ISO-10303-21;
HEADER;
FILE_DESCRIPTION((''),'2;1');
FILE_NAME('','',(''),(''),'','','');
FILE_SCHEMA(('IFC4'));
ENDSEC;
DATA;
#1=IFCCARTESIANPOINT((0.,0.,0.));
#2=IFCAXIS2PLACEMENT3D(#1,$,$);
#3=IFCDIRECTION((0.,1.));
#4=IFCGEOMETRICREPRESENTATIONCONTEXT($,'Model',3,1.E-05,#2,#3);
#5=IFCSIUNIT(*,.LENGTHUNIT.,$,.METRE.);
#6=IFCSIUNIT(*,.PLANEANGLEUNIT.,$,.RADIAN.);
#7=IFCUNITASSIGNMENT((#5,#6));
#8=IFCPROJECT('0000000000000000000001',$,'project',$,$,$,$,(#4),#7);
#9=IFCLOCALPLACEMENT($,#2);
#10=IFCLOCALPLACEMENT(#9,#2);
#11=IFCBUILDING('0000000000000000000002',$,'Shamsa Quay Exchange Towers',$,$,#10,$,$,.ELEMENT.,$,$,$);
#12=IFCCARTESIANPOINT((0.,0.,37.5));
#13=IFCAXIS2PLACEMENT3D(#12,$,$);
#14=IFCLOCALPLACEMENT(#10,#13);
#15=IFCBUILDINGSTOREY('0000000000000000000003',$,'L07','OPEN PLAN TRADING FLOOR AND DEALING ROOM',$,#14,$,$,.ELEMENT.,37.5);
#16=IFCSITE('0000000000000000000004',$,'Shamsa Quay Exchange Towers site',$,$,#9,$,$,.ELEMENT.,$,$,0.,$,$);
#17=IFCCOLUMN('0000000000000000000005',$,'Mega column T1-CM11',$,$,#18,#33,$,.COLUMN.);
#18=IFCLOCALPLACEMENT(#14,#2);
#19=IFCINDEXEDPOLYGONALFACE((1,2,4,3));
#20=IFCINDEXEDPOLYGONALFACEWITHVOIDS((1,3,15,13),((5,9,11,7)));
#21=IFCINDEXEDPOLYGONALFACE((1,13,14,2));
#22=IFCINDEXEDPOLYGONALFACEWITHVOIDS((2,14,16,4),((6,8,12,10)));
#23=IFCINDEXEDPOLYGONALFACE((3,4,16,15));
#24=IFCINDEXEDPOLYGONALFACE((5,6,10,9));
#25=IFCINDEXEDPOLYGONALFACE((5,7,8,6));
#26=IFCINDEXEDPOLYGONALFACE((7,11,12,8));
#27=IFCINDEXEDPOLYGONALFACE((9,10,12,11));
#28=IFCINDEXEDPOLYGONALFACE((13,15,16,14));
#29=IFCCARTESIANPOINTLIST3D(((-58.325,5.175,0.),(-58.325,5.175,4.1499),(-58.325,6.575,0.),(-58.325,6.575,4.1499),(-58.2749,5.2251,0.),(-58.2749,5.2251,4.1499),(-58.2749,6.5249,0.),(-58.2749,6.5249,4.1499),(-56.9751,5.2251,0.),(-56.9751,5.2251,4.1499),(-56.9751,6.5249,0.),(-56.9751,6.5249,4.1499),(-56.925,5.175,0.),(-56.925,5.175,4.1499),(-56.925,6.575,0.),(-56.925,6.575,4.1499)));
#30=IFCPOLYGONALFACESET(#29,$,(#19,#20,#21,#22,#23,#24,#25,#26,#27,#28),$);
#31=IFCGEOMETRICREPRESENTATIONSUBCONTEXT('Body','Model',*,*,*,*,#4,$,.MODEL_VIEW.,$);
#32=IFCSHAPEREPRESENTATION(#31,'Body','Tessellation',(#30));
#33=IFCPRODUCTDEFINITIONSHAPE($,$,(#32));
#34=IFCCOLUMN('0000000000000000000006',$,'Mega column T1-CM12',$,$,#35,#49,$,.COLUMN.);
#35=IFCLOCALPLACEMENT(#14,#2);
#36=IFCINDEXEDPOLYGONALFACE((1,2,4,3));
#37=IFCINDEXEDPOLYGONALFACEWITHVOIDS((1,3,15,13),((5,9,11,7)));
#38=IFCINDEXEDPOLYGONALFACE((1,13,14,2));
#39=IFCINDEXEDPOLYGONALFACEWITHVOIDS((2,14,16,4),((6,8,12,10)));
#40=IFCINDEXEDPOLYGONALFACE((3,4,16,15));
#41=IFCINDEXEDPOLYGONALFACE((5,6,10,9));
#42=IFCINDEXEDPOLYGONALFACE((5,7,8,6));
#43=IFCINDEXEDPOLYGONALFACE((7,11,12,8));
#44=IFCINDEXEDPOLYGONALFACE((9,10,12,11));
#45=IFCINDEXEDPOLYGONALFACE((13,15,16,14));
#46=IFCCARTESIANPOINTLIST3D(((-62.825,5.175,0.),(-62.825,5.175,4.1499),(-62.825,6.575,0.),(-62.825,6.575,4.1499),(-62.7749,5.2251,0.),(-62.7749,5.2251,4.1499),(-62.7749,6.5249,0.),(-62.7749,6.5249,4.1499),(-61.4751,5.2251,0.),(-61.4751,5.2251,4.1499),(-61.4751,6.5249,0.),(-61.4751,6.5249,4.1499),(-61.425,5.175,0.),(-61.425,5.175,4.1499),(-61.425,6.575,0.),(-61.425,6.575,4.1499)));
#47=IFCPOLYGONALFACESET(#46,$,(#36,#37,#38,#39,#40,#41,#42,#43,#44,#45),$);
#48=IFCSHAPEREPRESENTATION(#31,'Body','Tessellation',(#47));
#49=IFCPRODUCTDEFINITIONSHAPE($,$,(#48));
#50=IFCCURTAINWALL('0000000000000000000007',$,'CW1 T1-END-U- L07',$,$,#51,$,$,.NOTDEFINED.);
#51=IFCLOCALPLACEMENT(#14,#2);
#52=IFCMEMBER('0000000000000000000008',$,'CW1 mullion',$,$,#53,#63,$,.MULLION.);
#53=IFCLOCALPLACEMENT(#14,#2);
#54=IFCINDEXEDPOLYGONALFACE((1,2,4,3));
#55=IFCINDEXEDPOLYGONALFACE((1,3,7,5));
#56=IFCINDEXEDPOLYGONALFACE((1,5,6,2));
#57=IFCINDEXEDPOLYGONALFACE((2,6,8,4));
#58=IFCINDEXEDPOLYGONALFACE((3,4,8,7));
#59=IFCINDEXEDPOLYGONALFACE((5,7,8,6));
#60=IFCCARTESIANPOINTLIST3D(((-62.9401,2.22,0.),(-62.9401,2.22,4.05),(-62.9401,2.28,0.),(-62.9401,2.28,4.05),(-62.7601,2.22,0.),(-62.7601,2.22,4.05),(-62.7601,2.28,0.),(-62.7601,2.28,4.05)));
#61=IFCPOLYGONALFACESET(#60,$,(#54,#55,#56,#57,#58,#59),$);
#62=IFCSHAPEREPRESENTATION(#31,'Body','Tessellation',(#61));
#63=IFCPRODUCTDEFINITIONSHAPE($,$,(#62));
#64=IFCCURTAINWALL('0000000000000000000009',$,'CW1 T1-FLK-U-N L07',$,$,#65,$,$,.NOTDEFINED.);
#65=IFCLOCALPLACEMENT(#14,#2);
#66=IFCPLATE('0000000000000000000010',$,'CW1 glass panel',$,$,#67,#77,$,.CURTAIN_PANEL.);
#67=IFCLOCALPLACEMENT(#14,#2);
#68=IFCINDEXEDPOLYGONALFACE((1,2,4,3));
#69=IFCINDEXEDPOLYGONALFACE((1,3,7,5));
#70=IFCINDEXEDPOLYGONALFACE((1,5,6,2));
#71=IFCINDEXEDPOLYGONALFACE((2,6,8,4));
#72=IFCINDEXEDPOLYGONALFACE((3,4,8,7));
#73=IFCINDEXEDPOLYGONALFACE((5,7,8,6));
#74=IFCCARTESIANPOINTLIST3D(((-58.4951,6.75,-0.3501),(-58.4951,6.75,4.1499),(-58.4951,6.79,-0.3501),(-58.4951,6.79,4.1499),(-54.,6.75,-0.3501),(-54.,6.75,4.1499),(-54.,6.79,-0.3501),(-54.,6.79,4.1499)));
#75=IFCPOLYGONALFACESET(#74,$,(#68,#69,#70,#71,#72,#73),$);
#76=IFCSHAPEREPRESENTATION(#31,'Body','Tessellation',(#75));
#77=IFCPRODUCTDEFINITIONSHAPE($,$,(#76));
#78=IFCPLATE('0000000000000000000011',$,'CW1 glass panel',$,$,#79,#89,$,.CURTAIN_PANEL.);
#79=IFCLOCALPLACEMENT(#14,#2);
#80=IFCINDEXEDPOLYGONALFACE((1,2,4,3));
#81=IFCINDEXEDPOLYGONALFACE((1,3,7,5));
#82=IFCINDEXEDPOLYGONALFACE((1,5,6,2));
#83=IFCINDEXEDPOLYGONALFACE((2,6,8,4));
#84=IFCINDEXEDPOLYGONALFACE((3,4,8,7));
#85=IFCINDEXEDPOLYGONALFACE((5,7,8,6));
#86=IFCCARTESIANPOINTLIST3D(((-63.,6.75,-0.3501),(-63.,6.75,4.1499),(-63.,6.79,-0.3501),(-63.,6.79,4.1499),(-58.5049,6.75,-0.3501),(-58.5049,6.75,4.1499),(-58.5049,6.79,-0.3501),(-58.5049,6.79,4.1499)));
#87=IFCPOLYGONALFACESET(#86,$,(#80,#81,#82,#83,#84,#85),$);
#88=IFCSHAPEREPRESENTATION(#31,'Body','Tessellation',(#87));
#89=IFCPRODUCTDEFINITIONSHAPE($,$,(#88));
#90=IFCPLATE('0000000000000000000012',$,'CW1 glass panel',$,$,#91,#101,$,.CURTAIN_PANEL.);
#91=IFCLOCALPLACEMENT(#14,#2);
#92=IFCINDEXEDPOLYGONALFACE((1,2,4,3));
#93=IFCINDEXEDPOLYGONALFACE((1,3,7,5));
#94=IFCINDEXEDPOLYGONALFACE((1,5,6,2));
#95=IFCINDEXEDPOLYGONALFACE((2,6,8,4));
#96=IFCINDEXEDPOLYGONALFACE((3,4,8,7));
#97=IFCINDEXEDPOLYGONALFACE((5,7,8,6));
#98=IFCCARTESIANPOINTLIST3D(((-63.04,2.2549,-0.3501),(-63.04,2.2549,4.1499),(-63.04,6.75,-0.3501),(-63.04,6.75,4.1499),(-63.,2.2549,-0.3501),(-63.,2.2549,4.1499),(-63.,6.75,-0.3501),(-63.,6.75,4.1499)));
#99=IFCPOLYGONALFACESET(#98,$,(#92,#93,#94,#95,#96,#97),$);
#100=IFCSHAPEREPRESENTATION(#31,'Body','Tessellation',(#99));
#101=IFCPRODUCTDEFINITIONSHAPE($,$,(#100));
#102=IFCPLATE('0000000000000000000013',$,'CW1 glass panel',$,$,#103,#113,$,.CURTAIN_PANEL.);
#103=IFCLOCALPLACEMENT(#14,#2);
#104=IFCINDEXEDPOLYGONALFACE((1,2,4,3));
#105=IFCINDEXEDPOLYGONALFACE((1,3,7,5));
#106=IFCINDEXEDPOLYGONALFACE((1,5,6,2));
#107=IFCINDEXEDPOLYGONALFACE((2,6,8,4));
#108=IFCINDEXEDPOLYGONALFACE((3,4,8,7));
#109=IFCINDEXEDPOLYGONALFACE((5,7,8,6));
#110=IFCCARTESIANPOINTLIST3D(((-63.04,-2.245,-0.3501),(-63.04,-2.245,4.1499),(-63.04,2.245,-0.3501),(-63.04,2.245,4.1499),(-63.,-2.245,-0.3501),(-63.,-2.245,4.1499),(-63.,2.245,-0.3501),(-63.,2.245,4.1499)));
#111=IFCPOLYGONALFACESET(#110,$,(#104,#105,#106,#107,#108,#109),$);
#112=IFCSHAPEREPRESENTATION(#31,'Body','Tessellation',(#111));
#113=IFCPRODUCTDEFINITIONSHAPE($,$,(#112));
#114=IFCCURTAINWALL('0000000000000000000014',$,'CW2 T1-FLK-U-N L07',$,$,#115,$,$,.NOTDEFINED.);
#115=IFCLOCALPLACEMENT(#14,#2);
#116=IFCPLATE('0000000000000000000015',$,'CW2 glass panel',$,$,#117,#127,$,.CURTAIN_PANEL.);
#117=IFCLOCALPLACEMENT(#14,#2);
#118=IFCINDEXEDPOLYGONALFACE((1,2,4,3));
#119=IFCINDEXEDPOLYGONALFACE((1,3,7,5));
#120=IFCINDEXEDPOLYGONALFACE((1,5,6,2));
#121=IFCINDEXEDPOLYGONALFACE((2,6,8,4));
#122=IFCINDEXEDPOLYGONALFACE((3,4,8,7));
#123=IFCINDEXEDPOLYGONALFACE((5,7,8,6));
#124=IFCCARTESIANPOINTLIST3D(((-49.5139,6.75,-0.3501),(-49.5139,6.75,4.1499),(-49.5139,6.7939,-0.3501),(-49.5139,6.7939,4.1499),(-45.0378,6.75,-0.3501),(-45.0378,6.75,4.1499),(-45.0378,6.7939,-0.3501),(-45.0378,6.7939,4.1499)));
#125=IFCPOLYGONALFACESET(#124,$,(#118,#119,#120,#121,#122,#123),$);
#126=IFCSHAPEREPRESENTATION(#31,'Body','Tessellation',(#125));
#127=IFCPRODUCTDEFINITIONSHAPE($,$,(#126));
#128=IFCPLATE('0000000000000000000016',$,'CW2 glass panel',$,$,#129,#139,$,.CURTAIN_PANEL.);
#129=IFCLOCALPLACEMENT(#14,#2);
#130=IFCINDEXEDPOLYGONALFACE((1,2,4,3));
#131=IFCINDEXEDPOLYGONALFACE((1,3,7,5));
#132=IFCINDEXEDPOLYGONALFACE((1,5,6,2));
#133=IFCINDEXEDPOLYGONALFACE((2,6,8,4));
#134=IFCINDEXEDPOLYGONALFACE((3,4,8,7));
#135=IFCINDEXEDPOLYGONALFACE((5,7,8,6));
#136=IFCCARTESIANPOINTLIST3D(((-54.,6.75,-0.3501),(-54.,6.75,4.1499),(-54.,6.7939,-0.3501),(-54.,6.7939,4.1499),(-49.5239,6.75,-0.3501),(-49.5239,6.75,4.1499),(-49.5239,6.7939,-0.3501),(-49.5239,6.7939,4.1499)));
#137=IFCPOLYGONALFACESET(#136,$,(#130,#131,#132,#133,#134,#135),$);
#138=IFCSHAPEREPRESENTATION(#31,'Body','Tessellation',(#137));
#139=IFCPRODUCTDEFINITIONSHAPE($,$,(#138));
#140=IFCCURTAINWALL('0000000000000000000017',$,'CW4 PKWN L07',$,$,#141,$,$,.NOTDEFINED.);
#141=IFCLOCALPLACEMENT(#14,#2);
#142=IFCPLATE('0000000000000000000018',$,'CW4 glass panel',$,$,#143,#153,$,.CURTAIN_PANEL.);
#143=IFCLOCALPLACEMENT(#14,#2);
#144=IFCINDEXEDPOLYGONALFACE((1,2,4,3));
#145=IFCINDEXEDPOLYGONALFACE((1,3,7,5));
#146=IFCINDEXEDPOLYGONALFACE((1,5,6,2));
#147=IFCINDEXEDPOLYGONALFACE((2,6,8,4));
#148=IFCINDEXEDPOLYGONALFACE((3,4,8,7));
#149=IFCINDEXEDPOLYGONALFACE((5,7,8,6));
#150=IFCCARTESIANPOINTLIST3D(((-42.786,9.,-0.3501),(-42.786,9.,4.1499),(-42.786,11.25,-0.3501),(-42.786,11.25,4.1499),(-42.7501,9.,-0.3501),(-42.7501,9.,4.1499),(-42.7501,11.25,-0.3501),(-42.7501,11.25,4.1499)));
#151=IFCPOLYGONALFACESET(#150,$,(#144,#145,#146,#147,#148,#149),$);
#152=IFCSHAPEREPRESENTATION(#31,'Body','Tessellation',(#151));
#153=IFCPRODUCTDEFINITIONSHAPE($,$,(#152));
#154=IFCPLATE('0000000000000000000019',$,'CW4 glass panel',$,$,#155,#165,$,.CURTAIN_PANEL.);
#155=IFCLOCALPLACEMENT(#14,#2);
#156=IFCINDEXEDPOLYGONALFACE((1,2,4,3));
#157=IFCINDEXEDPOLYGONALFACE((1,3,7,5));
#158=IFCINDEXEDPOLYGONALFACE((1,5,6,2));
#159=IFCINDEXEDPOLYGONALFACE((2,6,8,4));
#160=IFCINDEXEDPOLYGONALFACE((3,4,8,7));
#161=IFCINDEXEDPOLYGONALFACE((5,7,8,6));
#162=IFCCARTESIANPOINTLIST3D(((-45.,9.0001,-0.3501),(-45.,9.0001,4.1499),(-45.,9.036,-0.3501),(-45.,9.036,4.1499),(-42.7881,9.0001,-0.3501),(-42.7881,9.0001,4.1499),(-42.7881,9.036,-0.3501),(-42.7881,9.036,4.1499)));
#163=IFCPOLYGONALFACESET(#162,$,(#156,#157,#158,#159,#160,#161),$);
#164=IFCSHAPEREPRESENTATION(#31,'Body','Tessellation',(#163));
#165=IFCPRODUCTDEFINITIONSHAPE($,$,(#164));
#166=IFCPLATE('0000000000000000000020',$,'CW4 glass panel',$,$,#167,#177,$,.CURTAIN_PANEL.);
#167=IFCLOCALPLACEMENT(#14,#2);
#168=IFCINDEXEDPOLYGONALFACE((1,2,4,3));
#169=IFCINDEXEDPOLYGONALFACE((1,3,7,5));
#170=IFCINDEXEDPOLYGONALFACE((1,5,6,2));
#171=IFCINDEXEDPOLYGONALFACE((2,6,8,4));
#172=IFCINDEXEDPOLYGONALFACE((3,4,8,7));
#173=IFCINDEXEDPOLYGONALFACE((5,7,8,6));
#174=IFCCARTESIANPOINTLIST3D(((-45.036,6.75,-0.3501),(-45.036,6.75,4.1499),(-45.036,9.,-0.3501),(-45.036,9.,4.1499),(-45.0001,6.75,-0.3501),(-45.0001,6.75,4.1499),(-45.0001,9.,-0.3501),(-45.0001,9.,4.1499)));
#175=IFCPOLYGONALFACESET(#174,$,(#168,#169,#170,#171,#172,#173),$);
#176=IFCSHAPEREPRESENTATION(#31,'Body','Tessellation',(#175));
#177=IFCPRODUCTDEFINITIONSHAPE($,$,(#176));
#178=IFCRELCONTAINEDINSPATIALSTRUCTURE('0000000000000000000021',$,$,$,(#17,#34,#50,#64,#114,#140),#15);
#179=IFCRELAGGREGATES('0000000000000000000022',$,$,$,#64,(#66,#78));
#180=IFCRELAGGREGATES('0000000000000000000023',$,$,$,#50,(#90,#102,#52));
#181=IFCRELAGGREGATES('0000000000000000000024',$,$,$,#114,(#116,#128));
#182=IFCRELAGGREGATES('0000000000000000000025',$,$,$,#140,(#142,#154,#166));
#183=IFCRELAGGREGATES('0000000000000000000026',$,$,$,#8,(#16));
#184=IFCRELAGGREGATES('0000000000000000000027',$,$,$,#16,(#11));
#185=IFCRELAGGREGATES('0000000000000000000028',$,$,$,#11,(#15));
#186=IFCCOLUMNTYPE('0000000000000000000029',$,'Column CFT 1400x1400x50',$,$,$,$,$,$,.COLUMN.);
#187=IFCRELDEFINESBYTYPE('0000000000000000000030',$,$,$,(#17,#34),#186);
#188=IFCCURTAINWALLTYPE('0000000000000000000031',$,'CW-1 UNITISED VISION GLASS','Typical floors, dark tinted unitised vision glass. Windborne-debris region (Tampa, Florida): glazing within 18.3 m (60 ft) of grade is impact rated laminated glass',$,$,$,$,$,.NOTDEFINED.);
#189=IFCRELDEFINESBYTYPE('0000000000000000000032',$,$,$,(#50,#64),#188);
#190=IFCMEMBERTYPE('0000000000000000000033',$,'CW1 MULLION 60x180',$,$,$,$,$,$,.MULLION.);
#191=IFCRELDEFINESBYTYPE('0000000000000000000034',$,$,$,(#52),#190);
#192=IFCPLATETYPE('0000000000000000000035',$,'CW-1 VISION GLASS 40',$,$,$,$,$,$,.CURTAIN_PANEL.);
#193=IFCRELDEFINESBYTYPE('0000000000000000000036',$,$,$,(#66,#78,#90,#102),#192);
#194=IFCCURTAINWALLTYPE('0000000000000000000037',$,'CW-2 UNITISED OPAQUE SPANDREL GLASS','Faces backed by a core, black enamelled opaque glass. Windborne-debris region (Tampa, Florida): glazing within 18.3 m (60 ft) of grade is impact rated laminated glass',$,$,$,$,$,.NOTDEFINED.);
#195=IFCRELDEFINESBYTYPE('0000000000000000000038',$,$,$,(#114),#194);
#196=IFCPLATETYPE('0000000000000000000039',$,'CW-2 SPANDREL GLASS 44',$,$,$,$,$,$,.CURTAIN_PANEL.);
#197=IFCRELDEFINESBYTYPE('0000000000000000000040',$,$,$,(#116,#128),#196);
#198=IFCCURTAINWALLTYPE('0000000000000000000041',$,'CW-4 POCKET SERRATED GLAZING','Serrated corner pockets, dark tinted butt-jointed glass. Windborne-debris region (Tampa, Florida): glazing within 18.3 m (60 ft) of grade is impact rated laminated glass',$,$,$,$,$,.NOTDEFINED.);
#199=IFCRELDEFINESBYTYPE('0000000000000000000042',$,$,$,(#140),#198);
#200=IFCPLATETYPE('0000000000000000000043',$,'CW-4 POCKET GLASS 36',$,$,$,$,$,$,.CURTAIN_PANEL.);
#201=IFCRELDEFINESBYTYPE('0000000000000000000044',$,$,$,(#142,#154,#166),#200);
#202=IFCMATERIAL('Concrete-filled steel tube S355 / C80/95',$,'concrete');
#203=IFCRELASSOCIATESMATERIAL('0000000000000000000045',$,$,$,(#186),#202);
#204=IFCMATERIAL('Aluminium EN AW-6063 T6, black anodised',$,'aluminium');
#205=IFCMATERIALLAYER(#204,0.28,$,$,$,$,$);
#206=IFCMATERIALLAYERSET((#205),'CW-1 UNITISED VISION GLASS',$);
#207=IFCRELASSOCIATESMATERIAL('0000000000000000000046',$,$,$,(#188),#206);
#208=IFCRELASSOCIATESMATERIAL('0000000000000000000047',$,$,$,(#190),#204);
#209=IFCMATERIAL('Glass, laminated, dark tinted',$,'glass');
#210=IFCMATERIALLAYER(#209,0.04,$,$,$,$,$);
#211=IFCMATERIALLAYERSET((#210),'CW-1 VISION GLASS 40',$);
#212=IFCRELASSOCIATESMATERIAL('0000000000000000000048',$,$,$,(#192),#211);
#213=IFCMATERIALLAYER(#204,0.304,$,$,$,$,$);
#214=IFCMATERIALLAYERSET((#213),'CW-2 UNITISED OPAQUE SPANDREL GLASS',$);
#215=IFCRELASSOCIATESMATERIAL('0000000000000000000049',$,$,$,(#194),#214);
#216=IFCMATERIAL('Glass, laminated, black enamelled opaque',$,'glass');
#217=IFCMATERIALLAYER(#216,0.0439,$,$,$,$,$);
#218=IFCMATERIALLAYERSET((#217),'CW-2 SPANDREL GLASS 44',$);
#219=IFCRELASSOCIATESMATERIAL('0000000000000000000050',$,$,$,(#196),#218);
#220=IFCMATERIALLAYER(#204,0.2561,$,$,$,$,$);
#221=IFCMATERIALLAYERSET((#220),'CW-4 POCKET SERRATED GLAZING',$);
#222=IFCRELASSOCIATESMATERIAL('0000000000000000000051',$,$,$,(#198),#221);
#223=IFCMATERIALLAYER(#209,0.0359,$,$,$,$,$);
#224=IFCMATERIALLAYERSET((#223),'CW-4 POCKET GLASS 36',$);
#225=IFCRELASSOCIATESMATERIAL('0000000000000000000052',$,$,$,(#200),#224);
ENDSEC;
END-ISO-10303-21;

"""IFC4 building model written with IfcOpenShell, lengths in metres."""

from ifc_helpers import new_model, si_unit, direction, frame, origin, origin_2d, place, context, subcontext, project, spatial, rectangle, hollow_rectangle, extrude, material, layer, layer_set, material_profile, profile_set, type_object, element, aggregate, save


model = new_model("IFC4")

# Units and contexts
model_context = context("Model", 3, precision=1e-05, world=origin(), true_north=direction((0.0, 1.0)))
body_context = subcontext(model_context, "Body", "Model", "MODEL_VIEW")
ifc_project = project(units=[si_unit("LENGTHUNIT", "METRE"), si_unit("PLANEANGLEUNIT", "RADIAN")], contexts=[model_context])

# Site, building, storey
site_placement = place(None, origin())
site = spatial("IfcSite", under=ifc_project, at=site_placement, Name="Shamsa Quay Exchange Towers site", CompositionType="ELEMENT", RefElevation=0.0)
building_placement = place(site_placement, origin())
building = spatial("IfcBuilding", under=site, at=building_placement, Name="Shamsa Quay Exchange Towers", CompositionType="ELEMENT")
storey_placement = place(building_placement, frame((0.0, 0.0, 37.5)))
storey = spatial("IfcBuildingStorey", under=building, at=storey_placement, Name="L07", Description="OPEN PLAN TRADING FLOOR AND DEALING ROOM", CompositionType="ELEMENT", Elevation=37.5)

# Columns
ifc_material_1 = material(Name="Concrete-filled steel tube S355 / C80/95", Category="concrete")
ifc_material_profile_1 = material_profile(ifc_material_1, hollow_rectangle(XDim=1.3999, YDim=1.3999, WallThickness=0.05, at=origin_2d()), Name="CFT 1400x1400x50")
ifc_profile_set_1 = profile_set([ifc_material_profile_1], Name="Concrete-filled steel tube S355 / C80/95")
column_type = type_object("IfcColumnType", Name="Column CFT 1400x1400x50", PredefinedType="COLUMN", material=ifc_profile_set_1)
for number, where, name in (
    (1, (-57.625, 5.875, 0.0), "Mega column T1-CM11"),
    (2, (-62.125, 5.875, 0.0), "Mega column T1-CM12"),
):
    element("IfcColumn", number, at=place(storey_placement, frame(where)), inside=storey, type_object=column_type, Name=name, PredefinedType="COLUMN", context=body_context, shape_type="SweptSolid", body=[
        extrude(hollow_rectangle(XDim=1.3999, YDim=1.3999, WallThickness=0.05, at=origin_2d()), origin(), (0.0, 0.0, 1.0), 4.1499),
    ])

# Curtain wall, member
ifc_material_2 = material(Name="Aluminium EN AW-6063 T6, black anodised", Category="aluminium")
ifc_layer_1 = layer(ifc_material_2, 0.28)
ifc_layer_set_1 = layer_set([ifc_layer_1], Name="CW-1 UNITISED VISION GLASS")
curtain_wall_type_1 = type_object("IfcCurtainWallType", Name="CW-1 UNITISED VISION GLASS", Description="Typical floors, dark tinted unitised vision glass. Windborne-debris region (Tampa, Florida): glazing within 18.3 m (60 ft) of grade is impact rated laminated glass", PredefinedType="NOTDEFINED", material=ifc_layer_set_1)
curtain_wall_1_placement = place(storey_placement, origin())
curtain_wall_1 = element("IfcCurtainWall", 3, at=curtain_wall_1_placement, inside=storey, type_object=curtain_wall_type_1, Name="CW1 T1-END-U- L07", PredefinedType="NOTDEFINED")
ifc_material_profile_2 = material_profile(ifc_material_2, rectangle(XDim=0.1799, YDim=0.0601, at=origin_2d()), Name="MU60x180")
ifc_profile_set_2 = profile_set([ifc_material_profile_2], Name="Aluminium EN AW-6063 T6, black anodised")
member_type = type_object("IfcMemberType", Name="CW1 MULLION 60x180", PredefinedType="MULLION", material=ifc_profile_set_2)
member_placement = place(storey_placement, frame((-62.8501, 2.25, 0.0)))
member = element("IfcMember", 4, at=member_placement, type_object=member_type, Name="CW1 mullion", PredefinedType="MULLION", context=body_context, shape_type="SweptSolid", body=[
    extrude(rectangle(XDim=0.1799, YDim=0.0601, at=origin_2d()), origin(), (0.0, 0.0, 1.0), 4.05),
])

# Curtain wall, plates
curtain_wall_2_placement = place(storey_placement, origin())
curtain_wall_2 = element("IfcCurtainWall", 5, at=curtain_wall_2_placement, inside=storey, type_object=curtain_wall_type_1, Name="CW1 T1-FLK-U-N L07", PredefinedType="NOTDEFINED")
ifc_material_3 = material(Name="Glass, laminated, dark tinted", Category="glass")
ifc_layer_2 = layer(ifc_material_3, 0.04)
ifc_layer_set_2 = layer_set([ifc_layer_2], Name="CW-1 VISION GLASS 40")
plate_type_1 = type_object("IfcPlateType", Name="CW-1 VISION GLASS 40", PredefinedType="CURTAIN_PANEL", material=ifc_layer_set_2)
plate_1_placement = place(storey_placement, frame((-56.2476, 6.77, -0.3501), z_axis=(0.0, 0.0, 1.0), x_axis=(-1.0, 0.0, 0.0)))
plate_1 = element("IfcPlate", 6, at=plate_1_placement, type_object=plate_type_1, Name="CW1 glass panel", PredefinedType="CURTAIN_PANEL", context=body_context, shape_type="SweptSolid", body=[
    extrude(rectangle(XDim=4.4951, YDim=0.04, at=origin_2d()), origin(), (0.0, 0.0, 1.0), 4.5),
])
plate_2_placement = place(storey_placement, frame((-60.7524, 6.77, -0.3501), z_axis=(0.0, 0.0, 1.0), x_axis=(-1.0, 0.0, 0.0)))
plate_2 = element("IfcPlate", 7, at=plate_2_placement, type_object=plate_type_1, Name="CW1 glass panel", PredefinedType="CURTAIN_PANEL", context=body_context, shape_type="SweptSolid", body=[
    extrude(rectangle(XDim=4.4951, YDim=0.04, at=origin_2d()), origin(), (0.0, 0.0, 1.0), 4.5),
])
aggregate(curtain_wall_2, [plate_1, plate_2])

# Plates
plate_3_placement = place(storey_placement, frame((-63.02, 4.5024, -0.3501), z_axis=(0.0, 0.0, 1.0), x_axis=(0.0, -1.0, 0.0)))
plate_3 = element("IfcPlate", 8, at=plate_3_placement, type_object=plate_type_1, Name="CW1 glass panel", PredefinedType="CURTAIN_PANEL", context=body_context, shape_type="SweptSolid", body=[
    extrude(rectangle(XDim=4.4951, YDim=0.04, at=origin_2d()), origin(), (0.0, 0.0, 1.0), 4.5),
])
plate_4_placement = place(storey_placement, frame((-63.02, 0.0, -0.3501), z_axis=(0.0, 0.0, 1.0), x_axis=(0.0, -1.0, 0.0)))
plate_4 = element("IfcPlate", 9, at=plate_4_placement, type_object=plate_type_1, Name="CW1 glass panel", PredefinedType="CURTAIN_PANEL", context=body_context, shape_type="SweptSolid", body=[
    extrude(rectangle(XDim=4.49, YDim=0.04, at=origin_2d()), origin(), (0.0, 0.0, 1.0), 4.5),
])
aggregate(curtain_wall_1, [plate_3, plate_4, member])

# Curtain walls, plates
ifc_layer_3 = layer(ifc_material_2, 0.304)
ifc_layer_set_3 = layer_set([ifc_layer_3], Name="CW-2 UNITISED OPAQUE SPANDREL GLASS")
curtain_wall_type_2 = type_object("IfcCurtainWallType", Name="CW-2 UNITISED OPAQUE SPANDREL GLASS", Description="Faces backed by a core, black enamelled opaque glass. Windborne-debris region (Tampa, Florida): glazing within 18.3 m (60 ft) of grade is impact rated laminated glass", PredefinedType="NOTDEFINED", material=ifc_layer_set_3)
curtain_wall_3_placement = place(storey_placement, origin())
curtain_wall_3 = element("IfcCurtainWall", 10, at=curtain_wall_3_placement, inside=storey, type_object=curtain_wall_type_2, Name="CW2 T1-FLK-U-N L07", PredefinedType="NOTDEFINED")
ifc_material_4 = material(Name="Glass, laminated, black enamelled opaque", Category="glass")
ifc_layer_4 = layer(ifc_material_4, 0.0439)
ifc_layer_set_4 = layer_set([ifc_layer_4], Name="CW-2 SPANDREL GLASS 44")
plate_type_2 = type_object("IfcPlateType", Name="CW-2 SPANDREL GLASS 44", PredefinedType="CURTAIN_PANEL", material=ifc_layer_set_4)
plate_5_placement = place(storey_placement, frame((-47.2759, 6.772, -0.3501), z_axis=(0.0, 0.0, 1.0), x_axis=(-1.0, 0.0, 0.0)))
plate_5 = element("IfcPlate", 11, at=plate_5_placement, type_object=plate_type_2, Name="CW2 glass panel", PredefinedType="CURTAIN_PANEL", context=body_context, shape_type="SweptSolid", body=[
    extrude(rectangle(XDim=4.4761, YDim=0.0439, at=origin_2d()), origin(), (0.0, 0.0, 1.0), 4.5),
])
plate_6_placement = place(storey_placement, frame((-51.762, 6.772, -0.3501), z_axis=(0.0, 0.0, 1.0), x_axis=(-1.0, 0.0, 0.0)))
plate_6 = element("IfcPlate", 12, at=plate_6_placement, type_object=plate_type_2, Name="CW2 glass panel", PredefinedType="CURTAIN_PANEL", context=body_context, shape_type="SweptSolid", body=[
    extrude(rectangle(XDim=4.4761, YDim=0.0439, at=origin_2d()), origin(), (0.0, 0.0, 1.0), 4.5),
])
aggregate(curtain_wall_3, [plate_5, plate_6])
ifc_layer_5 = layer(ifc_material_2, 0.2561)
ifc_layer_set_5 = layer_set([ifc_layer_5], Name="CW-4 POCKET SERRATED GLAZING")
curtain_wall_type_3 = type_object("IfcCurtainWallType", Name="CW-4 POCKET SERRATED GLAZING", Description="Serrated corner pockets, dark tinted butt-jointed glass. Windborne-debris region (Tampa, Florida): glazing within 18.3 m (60 ft) of grade is impact rated laminated glass", PredefinedType="NOTDEFINED", material=ifc_layer_set_5)
curtain_wall_4_placement = place(storey_placement, origin())
curtain_wall_4 = element("IfcCurtainWall", 13, at=curtain_wall_4_placement, inside=storey, type_object=curtain_wall_type_3, Name="CW4 PKWN L07", PredefinedType="NOTDEFINED")
ifc_layer_6 = layer(ifc_material_3, 0.0359)
ifc_layer_set_6 = layer_set([ifc_layer_6], Name="CW-4 POCKET GLASS 36")
plate_type_3 = type_object("IfcPlateType", Name="CW-4 POCKET GLASS 36", PredefinedType="CURTAIN_PANEL", material=ifc_layer_set_6)
plate_7_placement = place(storey_placement, frame((-42.7681, 10.125, -0.3501), z_axis=(0.0, 0.0, 1.0), x_axis=(0.0, -1.0, 0.0)))
plate_7 = element("IfcPlate", 14, at=plate_7_placement, type_object=plate_type_3, Name="CW4 glass panel", PredefinedType="CURTAIN_PANEL", context=body_context, shape_type="SweptSolid", body=[
    extrude(rectangle(XDim=2.25, YDim=0.0359, at=origin_2d()), origin(), (0.0, 0.0, 1.0), 4.5),
])
plate_8_placement = place(storey_placement, frame((-43.894, 9.0181, -0.3501), z_axis=(0.0, 0.0, 1.0), x_axis=(-1.0, 0.0, 0.0)))
plate_8 = element("IfcPlate", 15, at=plate_8_placement, type_object=plate_type_3, Name="CW4 glass panel", PredefinedType="CURTAIN_PANEL", context=body_context, shape_type="SweptSolid", body=[
    extrude(rectangle(XDim=2.2119, YDim=0.0359, at=origin_2d()), origin(), (0.0, 0.0, 1.0), 4.5),
])
plate_9_placement = place(storey_placement, frame((-45.0181, 7.875, -0.3501), z_axis=(0.0, 0.0, 1.0), x_axis=(0.0, -1.0, 0.0)))
plate_9 = element("IfcPlate", 16, at=plate_9_placement, type_object=plate_type_3, Name="CW4 glass panel", PredefinedType="CURTAIN_PANEL", context=body_context, shape_type="SweptSolid", body=[
    extrude(rectangle(XDim=2.25, YDim=0.0359, at=origin_2d()), origin(), (0.0, 0.0, 1.0), 4.5),
])
aggregate(curtain_wall_4, [plate_7, plate_8, plate_9])

save(model, "model.ifc")
